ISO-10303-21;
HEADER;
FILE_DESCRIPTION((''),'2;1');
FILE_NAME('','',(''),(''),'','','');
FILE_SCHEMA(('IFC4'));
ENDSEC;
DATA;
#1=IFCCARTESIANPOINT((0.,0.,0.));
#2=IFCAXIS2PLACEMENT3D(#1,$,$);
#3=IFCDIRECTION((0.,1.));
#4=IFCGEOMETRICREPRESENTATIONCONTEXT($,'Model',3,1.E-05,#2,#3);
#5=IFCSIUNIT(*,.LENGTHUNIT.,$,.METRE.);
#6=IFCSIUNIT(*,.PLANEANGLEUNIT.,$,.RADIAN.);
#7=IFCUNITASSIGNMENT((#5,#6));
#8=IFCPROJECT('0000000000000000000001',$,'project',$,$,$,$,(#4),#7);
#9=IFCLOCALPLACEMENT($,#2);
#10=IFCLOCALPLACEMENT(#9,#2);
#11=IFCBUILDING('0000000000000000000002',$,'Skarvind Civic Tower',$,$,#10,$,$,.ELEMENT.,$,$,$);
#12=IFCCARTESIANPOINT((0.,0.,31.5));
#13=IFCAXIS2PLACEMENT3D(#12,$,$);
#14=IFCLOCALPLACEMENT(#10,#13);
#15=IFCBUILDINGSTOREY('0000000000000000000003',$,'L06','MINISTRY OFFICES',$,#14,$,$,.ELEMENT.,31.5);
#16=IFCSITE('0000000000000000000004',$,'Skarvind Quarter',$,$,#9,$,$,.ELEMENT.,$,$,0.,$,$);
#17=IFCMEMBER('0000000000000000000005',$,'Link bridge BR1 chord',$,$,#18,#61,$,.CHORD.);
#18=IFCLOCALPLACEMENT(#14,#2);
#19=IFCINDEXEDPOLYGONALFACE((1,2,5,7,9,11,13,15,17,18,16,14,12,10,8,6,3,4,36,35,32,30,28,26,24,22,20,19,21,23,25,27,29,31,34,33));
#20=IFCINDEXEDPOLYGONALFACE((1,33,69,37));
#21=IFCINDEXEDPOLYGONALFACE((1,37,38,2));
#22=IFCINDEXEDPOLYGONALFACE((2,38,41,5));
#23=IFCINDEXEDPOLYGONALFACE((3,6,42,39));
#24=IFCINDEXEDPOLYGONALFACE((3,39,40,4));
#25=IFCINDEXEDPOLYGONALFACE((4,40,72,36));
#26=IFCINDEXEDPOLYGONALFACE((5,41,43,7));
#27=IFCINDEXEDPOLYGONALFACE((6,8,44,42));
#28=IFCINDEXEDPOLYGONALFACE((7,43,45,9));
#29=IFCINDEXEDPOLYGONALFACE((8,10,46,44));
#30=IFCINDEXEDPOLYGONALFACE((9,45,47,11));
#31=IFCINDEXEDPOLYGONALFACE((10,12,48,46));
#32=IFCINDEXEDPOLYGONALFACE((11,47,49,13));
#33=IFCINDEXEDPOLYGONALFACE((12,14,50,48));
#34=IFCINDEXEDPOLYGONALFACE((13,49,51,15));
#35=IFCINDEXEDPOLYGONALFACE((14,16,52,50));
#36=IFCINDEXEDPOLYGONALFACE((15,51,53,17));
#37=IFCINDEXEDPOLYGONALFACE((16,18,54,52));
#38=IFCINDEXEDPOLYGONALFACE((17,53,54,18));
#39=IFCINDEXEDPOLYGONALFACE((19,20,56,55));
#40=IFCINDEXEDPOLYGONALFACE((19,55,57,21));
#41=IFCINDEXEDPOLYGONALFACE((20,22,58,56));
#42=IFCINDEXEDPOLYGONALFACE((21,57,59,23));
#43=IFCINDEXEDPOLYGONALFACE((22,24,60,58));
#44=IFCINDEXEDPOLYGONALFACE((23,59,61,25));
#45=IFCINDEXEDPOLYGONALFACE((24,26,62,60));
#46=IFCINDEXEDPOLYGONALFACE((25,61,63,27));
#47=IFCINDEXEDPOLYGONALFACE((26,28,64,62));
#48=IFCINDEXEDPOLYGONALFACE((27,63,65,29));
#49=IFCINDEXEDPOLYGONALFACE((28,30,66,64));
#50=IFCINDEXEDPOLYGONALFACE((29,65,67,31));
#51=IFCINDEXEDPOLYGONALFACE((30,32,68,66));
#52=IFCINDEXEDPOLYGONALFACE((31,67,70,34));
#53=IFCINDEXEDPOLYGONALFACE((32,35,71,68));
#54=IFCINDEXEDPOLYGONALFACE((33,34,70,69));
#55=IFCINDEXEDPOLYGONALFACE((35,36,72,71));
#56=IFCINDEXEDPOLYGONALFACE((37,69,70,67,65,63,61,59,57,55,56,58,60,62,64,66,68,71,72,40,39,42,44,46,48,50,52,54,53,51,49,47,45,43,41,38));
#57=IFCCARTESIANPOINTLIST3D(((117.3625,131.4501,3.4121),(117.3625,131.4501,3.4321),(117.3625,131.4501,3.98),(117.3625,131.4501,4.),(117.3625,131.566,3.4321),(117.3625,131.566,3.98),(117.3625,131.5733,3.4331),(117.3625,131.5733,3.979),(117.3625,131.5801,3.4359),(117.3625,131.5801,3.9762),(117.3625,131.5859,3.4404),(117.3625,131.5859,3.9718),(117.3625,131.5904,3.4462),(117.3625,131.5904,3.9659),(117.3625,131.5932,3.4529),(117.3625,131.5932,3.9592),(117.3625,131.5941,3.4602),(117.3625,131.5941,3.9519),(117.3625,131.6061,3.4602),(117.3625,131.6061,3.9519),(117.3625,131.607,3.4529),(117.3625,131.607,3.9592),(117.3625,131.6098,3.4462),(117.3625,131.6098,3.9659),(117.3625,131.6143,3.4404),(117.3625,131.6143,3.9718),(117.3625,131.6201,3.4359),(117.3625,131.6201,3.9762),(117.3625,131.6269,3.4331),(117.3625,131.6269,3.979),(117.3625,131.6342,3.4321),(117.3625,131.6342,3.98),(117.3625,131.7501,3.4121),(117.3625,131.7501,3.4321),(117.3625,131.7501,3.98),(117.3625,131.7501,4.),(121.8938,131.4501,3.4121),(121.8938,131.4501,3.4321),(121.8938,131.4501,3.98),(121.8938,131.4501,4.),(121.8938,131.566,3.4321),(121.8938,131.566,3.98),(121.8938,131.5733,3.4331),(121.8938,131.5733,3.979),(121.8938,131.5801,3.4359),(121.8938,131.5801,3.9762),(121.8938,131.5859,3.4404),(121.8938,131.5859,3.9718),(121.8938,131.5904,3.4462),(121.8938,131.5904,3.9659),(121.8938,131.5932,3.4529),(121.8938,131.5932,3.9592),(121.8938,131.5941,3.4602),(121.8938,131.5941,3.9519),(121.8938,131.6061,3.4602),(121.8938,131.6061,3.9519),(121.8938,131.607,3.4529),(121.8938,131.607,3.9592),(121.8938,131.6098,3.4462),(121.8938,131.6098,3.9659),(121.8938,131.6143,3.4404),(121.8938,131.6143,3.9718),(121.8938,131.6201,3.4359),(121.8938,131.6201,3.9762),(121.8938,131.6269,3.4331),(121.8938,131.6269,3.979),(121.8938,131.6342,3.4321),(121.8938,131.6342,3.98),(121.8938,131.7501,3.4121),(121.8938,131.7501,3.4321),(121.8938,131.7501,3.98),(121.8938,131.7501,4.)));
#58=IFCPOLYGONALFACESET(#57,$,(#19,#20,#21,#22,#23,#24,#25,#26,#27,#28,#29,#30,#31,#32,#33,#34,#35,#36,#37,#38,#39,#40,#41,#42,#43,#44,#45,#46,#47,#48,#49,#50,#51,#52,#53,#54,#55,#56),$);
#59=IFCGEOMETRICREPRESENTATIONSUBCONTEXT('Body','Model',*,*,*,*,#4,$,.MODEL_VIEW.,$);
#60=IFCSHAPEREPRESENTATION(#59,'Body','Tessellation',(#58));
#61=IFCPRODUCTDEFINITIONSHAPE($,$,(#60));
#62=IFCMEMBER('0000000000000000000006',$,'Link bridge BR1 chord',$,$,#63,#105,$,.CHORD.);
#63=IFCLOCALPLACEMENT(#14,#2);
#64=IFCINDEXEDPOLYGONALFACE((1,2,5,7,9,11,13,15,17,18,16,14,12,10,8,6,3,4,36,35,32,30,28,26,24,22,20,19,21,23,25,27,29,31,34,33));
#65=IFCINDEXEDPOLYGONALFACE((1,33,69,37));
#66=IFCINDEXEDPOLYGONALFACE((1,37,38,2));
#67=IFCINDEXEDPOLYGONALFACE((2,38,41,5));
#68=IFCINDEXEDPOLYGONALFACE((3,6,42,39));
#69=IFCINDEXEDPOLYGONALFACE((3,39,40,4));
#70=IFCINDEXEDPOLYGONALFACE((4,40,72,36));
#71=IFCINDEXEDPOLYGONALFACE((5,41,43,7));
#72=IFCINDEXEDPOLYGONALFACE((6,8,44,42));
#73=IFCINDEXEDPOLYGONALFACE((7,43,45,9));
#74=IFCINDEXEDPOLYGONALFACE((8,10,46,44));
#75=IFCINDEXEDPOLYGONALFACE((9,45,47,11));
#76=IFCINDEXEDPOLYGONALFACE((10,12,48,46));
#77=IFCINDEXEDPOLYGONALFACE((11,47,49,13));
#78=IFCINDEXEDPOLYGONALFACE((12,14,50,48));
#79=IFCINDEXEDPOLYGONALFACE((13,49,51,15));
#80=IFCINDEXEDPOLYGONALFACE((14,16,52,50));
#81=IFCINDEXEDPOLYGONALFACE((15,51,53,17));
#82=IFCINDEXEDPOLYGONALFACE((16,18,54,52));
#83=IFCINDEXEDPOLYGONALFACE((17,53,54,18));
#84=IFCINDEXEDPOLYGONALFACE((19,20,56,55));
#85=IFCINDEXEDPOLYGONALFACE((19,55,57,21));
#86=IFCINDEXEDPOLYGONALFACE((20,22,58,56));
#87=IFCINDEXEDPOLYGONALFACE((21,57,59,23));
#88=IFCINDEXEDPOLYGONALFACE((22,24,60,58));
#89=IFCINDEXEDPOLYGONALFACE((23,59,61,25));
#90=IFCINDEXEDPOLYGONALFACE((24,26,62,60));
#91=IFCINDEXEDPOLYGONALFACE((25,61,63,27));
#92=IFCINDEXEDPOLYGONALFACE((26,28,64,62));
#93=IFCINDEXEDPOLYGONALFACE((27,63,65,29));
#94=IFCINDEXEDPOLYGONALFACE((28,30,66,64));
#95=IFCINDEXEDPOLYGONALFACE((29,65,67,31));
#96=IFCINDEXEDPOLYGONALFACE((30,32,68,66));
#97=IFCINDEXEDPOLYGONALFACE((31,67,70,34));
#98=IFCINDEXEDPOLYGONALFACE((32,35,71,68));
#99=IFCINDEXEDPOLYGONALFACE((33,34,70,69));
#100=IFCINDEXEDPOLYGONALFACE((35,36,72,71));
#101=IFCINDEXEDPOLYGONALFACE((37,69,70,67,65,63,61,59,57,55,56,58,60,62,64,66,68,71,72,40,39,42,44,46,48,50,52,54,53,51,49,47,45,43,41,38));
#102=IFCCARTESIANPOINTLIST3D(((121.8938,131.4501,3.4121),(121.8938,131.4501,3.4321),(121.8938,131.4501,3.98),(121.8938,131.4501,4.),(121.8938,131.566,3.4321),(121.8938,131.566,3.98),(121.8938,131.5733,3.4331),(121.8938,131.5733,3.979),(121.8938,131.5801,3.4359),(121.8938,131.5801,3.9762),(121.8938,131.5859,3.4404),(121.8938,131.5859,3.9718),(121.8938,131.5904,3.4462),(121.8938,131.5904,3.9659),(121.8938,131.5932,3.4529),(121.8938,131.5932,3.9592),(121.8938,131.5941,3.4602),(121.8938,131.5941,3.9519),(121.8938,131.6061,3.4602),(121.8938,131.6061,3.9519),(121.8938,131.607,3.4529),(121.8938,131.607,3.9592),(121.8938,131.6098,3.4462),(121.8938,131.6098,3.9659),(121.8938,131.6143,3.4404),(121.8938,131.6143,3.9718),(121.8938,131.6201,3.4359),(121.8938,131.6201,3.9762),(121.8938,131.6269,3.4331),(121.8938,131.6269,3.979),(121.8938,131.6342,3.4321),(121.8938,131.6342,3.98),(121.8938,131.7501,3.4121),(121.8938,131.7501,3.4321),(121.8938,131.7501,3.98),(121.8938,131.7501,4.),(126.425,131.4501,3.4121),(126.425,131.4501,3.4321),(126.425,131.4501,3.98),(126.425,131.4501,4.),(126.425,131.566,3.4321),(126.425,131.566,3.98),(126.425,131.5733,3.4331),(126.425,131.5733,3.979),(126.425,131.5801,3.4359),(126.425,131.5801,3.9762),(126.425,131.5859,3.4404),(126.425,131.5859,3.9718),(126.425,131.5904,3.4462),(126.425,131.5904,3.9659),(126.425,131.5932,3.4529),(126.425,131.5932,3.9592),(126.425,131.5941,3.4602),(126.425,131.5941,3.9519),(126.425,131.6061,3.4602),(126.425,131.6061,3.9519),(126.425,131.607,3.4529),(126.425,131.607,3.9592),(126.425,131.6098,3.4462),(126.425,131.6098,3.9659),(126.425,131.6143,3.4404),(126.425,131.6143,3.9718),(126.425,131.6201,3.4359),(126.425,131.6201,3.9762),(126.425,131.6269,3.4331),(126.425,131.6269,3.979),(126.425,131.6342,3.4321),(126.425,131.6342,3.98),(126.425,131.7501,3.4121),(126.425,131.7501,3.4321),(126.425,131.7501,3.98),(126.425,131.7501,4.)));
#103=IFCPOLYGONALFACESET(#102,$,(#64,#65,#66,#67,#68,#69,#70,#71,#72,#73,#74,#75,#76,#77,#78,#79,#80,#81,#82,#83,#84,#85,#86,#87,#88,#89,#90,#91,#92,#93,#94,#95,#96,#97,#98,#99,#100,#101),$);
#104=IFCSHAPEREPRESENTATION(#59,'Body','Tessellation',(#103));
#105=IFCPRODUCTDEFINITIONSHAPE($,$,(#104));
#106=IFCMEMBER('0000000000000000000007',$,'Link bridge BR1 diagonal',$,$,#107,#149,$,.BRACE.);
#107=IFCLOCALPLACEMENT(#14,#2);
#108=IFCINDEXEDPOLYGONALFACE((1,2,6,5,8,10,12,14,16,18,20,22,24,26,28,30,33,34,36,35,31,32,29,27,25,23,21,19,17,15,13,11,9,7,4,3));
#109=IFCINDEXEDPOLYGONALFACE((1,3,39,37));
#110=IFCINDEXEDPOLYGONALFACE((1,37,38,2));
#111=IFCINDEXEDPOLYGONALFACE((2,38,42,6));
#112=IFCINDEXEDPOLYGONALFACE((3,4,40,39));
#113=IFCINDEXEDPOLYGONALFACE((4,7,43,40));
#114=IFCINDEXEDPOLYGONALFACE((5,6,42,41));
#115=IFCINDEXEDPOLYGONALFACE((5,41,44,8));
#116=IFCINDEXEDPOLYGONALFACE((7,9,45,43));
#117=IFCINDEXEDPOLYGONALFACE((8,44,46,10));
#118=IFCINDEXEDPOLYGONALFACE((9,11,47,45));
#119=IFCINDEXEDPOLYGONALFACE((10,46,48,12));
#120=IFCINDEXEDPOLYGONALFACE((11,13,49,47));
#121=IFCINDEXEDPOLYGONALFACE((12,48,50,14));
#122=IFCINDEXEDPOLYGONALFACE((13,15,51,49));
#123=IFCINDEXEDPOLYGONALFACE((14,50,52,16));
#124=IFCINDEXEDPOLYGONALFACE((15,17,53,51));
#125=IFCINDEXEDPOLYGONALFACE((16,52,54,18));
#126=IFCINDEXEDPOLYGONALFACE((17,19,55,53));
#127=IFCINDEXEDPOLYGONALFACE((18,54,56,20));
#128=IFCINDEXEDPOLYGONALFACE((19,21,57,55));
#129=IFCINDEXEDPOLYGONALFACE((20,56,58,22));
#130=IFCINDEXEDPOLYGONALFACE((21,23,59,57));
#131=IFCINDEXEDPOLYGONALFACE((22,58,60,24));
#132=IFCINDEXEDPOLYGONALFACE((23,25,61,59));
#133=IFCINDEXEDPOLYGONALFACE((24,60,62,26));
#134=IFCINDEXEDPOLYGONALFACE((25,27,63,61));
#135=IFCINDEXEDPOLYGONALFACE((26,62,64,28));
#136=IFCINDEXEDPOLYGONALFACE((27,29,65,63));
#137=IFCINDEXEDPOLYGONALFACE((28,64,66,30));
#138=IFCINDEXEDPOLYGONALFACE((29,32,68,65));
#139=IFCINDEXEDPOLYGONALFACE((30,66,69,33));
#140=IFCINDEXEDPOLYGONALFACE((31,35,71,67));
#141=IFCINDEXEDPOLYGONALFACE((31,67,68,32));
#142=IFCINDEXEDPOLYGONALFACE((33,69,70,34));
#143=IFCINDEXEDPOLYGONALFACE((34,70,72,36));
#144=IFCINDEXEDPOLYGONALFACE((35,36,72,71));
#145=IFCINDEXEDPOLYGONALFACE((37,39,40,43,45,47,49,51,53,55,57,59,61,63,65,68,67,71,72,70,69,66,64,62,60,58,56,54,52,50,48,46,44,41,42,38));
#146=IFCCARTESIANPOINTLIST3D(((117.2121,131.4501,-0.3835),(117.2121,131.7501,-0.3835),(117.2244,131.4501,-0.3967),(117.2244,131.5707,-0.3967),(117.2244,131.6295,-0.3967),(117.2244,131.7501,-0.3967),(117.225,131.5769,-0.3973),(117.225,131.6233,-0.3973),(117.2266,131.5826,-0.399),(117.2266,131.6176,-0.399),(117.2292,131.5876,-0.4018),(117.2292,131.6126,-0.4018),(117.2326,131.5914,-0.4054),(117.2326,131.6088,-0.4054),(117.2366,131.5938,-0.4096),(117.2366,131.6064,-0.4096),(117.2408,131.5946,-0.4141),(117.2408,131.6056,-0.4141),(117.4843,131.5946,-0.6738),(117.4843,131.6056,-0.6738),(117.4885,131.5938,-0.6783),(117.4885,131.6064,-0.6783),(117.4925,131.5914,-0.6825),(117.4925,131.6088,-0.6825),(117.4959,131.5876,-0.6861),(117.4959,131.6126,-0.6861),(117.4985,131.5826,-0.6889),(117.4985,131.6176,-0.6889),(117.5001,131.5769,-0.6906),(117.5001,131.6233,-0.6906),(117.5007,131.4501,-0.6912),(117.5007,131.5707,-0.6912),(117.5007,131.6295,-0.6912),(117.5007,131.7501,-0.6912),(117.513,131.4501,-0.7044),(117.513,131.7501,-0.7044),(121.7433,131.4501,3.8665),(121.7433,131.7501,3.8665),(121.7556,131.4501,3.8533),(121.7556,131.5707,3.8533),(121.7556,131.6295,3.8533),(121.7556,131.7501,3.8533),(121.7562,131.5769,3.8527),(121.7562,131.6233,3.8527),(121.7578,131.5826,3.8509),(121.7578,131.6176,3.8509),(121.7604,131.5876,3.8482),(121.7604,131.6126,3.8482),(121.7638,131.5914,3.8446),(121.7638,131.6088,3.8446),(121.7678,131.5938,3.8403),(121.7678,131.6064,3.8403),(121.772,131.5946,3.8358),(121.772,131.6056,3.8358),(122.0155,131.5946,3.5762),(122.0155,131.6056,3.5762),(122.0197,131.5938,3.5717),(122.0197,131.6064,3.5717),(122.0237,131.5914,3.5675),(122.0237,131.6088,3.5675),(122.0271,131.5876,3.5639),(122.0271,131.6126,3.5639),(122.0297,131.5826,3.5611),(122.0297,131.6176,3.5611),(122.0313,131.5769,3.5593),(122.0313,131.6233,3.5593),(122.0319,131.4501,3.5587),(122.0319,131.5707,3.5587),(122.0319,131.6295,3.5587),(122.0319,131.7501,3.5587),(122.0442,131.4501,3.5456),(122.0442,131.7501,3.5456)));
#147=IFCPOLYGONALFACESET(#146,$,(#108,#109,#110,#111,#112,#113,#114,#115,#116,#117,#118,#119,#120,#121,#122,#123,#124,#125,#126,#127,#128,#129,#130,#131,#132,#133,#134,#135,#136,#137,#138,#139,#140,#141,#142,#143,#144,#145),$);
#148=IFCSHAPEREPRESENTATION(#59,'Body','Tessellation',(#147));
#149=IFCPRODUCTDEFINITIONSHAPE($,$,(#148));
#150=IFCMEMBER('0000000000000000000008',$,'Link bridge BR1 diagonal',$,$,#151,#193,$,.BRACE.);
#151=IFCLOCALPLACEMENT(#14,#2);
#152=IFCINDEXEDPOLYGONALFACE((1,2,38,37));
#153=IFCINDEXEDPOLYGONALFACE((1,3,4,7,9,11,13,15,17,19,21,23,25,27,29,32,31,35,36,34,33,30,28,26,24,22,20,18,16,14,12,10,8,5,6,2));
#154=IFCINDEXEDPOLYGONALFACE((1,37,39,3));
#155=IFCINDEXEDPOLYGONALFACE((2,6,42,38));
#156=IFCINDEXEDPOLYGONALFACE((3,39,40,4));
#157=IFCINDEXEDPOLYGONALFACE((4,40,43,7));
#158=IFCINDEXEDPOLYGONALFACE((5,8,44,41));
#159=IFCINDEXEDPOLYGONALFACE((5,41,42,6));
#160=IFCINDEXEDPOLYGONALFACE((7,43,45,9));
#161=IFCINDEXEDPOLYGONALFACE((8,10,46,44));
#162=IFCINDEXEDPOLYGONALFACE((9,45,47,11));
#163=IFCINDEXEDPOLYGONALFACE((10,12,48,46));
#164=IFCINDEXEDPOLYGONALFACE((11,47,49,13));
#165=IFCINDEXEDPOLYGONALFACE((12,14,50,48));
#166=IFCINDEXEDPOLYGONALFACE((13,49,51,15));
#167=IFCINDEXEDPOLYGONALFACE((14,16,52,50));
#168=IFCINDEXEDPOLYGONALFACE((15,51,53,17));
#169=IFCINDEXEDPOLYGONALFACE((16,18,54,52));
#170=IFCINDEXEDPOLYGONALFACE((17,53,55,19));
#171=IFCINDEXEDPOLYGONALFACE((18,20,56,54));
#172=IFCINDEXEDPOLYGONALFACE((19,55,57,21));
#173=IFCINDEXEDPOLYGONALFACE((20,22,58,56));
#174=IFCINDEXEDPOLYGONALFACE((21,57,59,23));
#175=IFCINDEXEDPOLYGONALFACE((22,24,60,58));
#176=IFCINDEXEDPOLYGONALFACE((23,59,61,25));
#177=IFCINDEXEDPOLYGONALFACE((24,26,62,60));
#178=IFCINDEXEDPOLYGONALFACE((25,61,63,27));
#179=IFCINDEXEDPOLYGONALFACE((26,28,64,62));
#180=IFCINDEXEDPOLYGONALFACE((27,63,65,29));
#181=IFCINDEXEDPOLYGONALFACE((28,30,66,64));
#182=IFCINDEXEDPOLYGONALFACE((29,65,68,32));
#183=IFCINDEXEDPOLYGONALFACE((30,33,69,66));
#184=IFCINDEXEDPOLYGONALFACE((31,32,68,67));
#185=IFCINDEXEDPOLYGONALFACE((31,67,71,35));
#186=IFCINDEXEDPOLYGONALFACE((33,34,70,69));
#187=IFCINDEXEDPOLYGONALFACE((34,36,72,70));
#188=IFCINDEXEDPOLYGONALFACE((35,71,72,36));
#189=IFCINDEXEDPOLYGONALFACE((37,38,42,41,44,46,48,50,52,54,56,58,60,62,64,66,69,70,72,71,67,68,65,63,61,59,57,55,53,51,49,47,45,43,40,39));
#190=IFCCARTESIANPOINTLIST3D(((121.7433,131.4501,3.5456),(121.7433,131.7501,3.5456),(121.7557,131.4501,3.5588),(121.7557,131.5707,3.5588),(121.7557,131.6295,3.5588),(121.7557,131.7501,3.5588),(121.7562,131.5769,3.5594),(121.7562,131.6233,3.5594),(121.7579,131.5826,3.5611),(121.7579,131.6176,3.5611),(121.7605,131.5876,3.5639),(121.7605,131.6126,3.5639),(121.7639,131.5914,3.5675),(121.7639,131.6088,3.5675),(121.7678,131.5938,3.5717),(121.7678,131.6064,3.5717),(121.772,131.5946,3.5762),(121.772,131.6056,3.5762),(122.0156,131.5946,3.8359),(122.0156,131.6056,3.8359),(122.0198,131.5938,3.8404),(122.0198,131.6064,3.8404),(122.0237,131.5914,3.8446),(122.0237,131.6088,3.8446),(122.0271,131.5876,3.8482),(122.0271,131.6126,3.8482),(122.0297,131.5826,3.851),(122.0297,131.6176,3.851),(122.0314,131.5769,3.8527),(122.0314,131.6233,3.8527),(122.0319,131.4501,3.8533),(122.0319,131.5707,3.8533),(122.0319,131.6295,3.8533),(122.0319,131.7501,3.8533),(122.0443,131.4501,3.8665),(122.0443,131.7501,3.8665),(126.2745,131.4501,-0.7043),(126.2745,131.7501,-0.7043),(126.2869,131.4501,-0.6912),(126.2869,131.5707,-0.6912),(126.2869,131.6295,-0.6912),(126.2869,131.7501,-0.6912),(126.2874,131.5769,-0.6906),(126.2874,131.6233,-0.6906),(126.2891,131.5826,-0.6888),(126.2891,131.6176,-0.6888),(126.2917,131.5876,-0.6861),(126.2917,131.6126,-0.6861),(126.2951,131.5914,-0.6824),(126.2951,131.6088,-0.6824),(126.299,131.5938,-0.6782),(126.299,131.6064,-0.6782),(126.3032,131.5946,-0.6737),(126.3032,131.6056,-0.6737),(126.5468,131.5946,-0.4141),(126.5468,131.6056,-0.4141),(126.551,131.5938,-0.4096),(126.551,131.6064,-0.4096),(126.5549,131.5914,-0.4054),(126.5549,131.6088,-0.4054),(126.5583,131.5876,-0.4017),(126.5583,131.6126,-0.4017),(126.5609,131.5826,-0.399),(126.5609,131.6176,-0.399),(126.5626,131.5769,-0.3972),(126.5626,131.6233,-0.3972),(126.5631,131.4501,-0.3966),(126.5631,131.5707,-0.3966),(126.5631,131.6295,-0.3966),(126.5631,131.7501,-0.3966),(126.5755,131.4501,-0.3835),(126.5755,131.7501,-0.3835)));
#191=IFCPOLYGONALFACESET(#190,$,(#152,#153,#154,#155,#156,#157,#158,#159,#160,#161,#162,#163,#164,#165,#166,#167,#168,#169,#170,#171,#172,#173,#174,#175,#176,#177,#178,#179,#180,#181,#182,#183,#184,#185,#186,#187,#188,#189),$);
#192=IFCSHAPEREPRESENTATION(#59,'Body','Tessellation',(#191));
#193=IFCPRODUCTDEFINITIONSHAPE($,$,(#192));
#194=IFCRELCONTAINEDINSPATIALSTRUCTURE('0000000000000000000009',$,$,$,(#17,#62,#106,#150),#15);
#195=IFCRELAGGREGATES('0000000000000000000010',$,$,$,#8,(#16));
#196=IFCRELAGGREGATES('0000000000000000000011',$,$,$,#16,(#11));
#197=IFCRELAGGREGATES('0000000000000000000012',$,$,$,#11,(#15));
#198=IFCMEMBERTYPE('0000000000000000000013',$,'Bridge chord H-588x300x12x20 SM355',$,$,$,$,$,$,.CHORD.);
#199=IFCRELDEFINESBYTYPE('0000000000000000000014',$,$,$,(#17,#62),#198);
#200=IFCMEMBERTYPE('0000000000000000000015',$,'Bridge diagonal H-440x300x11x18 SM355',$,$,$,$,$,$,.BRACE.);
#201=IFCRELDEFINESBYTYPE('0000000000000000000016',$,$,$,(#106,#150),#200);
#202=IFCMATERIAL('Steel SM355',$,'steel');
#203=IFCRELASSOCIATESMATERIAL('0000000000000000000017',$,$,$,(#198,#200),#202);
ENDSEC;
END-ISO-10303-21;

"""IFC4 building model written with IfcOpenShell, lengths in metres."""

from ifc_helpers import new_model, si_unit, direction, frame, origin, origin_2d, place, context, subcontext, project, spatial, i_section, extrude, material, material_profile, profile_set, type_object, element, save


model = new_model("IFC4")

# Units and contexts
model_context = context("Model", 3, precision=1e-05, world=origin(), true_north=direction((0.0, 1.0)))
body_context = subcontext(model_context, "Body", "Model", "MODEL_VIEW")
ifc_project = project(units=[si_unit("LENGTHUNIT", "METRE"), si_unit("PLANEANGLEUNIT", "RADIAN")], contexts=[model_context])

# Site, building, storey
site_placement = place(None, origin())
site = spatial("IfcSite", under=ifc_project, at=site_placement, Name="Skarvind Quarter", CompositionType="ELEMENT", RefElevation=0.0)
building_placement = place(site_placement, origin())
building = spatial("IfcBuilding", under=site, at=building_placement, Name="Skarvind Civic Tower", CompositionType="ELEMENT")
storey_placement = place(building_placement, frame((0.0, 0.0, 31.5)))
storey = spatial("IfcBuildingStorey", under=building, at=storey_placement, Name="L06", Description="MINISTRY OFFICES", CompositionType="ELEMENT", Elevation=31.5)

# Members
ifc_material_1 = material(Name="Steel SM355", Category="steel")
ifc_material_profile_1 = material_profile(ifc_material_1, i_section(OverallWidth=0.3, OverallDepth=0.5879, WebThickness=0.012, FlangeThickness=0.02, FilletRadius=0.0281, at=origin_2d()), Name="H-588x300x12x20")
ifc_profile_set_1 = profile_set([ifc_material_profile_1], Name="Steel SM355")
member_type_1 = type_object("IfcMemberType", Name="Bridge chord H-588x300x12x20 SM355", PredefinedType="CHORD", material=ifc_profile_set_1)
for number, where, z_axis, x_axis, name in (
    (1, (117.3625, 131.6001, 3.7061), (1.0, 0.0, 0.0), (0.0, 1.0, 0.0), "Link bridge BR1 chord"),
    (2, (121.8938, 131.6001, 3.7061), (1.0, 0.0, 0.0), (0.0, 1.0, 0.0), "Link bridge BR1 chord"),
):
    element("IfcMember", number, at=place(storey_placement, frame(where, z_axis=z_axis, x_axis=x_axis)), inside=storey, type_object=member_type_1, Name=name, PredefinedType="CHORD", context=body_context, shape_type="SweptSolid", body=[
        extrude(i_section(OverallWidth=0.3, OverallDepth=0.5879, WebThickness=0.012, FlangeThickness=0.02, FilletRadius=0.0281, at=origin_2d()), origin(), (0.0, 0.0, 1.0), 4.5312),
    ])
ifc_material_profile_2 = material_profile(ifc_material_1, i_section(OverallWidth=0.3, OverallDepth=0.4399, WebThickness=0.011, FlangeThickness=0.0181, FilletRadius=0.0239, at=origin_2d()), Name="H-440x300x11x18")
ifc_profile_set_2 = profile_set([ifc_material_profile_2], Name="Steel SM355")
member_type_2 = type_object("IfcMemberType", Name="Bridge diagonal H-440x300x11x18 SM355", PredefinedType="BRACE", material=ifc_profile_set_2)
for number, where, z_axis, x_axis, name in (
    (3, (117.3625, 131.6001, -0.5439), (0.72938, 0.0, 0.684108), (0.0, 1.0, 0.0), "Link bridge BR1 diagonal"),
    (4, (121.8938, 131.6001, 3.7061), (0.72938, 0.0, -0.684108), (0.0, 1.0, 0.0), "Link bridge BR1 diagonal"),
):
    element("IfcMember", number, at=place(storey_placement, frame(where, z_axis=z_axis, x_axis=x_axis)), inside=storey, type_object=member_type_2, Name=name, PredefinedType="BRACE", context=body_context, shape_type="SweptSolid", body=[
        extrude(i_section(OverallWidth=0.3, OverallDepth=0.4399, WebThickness=0.011, FlangeThickness=0.0181, FilletRadius=0.0239, at=origin_2d()), origin(), (0.0, 0.0, 1.0), 6.2124),
    ])

save(model, "model.ifc")
